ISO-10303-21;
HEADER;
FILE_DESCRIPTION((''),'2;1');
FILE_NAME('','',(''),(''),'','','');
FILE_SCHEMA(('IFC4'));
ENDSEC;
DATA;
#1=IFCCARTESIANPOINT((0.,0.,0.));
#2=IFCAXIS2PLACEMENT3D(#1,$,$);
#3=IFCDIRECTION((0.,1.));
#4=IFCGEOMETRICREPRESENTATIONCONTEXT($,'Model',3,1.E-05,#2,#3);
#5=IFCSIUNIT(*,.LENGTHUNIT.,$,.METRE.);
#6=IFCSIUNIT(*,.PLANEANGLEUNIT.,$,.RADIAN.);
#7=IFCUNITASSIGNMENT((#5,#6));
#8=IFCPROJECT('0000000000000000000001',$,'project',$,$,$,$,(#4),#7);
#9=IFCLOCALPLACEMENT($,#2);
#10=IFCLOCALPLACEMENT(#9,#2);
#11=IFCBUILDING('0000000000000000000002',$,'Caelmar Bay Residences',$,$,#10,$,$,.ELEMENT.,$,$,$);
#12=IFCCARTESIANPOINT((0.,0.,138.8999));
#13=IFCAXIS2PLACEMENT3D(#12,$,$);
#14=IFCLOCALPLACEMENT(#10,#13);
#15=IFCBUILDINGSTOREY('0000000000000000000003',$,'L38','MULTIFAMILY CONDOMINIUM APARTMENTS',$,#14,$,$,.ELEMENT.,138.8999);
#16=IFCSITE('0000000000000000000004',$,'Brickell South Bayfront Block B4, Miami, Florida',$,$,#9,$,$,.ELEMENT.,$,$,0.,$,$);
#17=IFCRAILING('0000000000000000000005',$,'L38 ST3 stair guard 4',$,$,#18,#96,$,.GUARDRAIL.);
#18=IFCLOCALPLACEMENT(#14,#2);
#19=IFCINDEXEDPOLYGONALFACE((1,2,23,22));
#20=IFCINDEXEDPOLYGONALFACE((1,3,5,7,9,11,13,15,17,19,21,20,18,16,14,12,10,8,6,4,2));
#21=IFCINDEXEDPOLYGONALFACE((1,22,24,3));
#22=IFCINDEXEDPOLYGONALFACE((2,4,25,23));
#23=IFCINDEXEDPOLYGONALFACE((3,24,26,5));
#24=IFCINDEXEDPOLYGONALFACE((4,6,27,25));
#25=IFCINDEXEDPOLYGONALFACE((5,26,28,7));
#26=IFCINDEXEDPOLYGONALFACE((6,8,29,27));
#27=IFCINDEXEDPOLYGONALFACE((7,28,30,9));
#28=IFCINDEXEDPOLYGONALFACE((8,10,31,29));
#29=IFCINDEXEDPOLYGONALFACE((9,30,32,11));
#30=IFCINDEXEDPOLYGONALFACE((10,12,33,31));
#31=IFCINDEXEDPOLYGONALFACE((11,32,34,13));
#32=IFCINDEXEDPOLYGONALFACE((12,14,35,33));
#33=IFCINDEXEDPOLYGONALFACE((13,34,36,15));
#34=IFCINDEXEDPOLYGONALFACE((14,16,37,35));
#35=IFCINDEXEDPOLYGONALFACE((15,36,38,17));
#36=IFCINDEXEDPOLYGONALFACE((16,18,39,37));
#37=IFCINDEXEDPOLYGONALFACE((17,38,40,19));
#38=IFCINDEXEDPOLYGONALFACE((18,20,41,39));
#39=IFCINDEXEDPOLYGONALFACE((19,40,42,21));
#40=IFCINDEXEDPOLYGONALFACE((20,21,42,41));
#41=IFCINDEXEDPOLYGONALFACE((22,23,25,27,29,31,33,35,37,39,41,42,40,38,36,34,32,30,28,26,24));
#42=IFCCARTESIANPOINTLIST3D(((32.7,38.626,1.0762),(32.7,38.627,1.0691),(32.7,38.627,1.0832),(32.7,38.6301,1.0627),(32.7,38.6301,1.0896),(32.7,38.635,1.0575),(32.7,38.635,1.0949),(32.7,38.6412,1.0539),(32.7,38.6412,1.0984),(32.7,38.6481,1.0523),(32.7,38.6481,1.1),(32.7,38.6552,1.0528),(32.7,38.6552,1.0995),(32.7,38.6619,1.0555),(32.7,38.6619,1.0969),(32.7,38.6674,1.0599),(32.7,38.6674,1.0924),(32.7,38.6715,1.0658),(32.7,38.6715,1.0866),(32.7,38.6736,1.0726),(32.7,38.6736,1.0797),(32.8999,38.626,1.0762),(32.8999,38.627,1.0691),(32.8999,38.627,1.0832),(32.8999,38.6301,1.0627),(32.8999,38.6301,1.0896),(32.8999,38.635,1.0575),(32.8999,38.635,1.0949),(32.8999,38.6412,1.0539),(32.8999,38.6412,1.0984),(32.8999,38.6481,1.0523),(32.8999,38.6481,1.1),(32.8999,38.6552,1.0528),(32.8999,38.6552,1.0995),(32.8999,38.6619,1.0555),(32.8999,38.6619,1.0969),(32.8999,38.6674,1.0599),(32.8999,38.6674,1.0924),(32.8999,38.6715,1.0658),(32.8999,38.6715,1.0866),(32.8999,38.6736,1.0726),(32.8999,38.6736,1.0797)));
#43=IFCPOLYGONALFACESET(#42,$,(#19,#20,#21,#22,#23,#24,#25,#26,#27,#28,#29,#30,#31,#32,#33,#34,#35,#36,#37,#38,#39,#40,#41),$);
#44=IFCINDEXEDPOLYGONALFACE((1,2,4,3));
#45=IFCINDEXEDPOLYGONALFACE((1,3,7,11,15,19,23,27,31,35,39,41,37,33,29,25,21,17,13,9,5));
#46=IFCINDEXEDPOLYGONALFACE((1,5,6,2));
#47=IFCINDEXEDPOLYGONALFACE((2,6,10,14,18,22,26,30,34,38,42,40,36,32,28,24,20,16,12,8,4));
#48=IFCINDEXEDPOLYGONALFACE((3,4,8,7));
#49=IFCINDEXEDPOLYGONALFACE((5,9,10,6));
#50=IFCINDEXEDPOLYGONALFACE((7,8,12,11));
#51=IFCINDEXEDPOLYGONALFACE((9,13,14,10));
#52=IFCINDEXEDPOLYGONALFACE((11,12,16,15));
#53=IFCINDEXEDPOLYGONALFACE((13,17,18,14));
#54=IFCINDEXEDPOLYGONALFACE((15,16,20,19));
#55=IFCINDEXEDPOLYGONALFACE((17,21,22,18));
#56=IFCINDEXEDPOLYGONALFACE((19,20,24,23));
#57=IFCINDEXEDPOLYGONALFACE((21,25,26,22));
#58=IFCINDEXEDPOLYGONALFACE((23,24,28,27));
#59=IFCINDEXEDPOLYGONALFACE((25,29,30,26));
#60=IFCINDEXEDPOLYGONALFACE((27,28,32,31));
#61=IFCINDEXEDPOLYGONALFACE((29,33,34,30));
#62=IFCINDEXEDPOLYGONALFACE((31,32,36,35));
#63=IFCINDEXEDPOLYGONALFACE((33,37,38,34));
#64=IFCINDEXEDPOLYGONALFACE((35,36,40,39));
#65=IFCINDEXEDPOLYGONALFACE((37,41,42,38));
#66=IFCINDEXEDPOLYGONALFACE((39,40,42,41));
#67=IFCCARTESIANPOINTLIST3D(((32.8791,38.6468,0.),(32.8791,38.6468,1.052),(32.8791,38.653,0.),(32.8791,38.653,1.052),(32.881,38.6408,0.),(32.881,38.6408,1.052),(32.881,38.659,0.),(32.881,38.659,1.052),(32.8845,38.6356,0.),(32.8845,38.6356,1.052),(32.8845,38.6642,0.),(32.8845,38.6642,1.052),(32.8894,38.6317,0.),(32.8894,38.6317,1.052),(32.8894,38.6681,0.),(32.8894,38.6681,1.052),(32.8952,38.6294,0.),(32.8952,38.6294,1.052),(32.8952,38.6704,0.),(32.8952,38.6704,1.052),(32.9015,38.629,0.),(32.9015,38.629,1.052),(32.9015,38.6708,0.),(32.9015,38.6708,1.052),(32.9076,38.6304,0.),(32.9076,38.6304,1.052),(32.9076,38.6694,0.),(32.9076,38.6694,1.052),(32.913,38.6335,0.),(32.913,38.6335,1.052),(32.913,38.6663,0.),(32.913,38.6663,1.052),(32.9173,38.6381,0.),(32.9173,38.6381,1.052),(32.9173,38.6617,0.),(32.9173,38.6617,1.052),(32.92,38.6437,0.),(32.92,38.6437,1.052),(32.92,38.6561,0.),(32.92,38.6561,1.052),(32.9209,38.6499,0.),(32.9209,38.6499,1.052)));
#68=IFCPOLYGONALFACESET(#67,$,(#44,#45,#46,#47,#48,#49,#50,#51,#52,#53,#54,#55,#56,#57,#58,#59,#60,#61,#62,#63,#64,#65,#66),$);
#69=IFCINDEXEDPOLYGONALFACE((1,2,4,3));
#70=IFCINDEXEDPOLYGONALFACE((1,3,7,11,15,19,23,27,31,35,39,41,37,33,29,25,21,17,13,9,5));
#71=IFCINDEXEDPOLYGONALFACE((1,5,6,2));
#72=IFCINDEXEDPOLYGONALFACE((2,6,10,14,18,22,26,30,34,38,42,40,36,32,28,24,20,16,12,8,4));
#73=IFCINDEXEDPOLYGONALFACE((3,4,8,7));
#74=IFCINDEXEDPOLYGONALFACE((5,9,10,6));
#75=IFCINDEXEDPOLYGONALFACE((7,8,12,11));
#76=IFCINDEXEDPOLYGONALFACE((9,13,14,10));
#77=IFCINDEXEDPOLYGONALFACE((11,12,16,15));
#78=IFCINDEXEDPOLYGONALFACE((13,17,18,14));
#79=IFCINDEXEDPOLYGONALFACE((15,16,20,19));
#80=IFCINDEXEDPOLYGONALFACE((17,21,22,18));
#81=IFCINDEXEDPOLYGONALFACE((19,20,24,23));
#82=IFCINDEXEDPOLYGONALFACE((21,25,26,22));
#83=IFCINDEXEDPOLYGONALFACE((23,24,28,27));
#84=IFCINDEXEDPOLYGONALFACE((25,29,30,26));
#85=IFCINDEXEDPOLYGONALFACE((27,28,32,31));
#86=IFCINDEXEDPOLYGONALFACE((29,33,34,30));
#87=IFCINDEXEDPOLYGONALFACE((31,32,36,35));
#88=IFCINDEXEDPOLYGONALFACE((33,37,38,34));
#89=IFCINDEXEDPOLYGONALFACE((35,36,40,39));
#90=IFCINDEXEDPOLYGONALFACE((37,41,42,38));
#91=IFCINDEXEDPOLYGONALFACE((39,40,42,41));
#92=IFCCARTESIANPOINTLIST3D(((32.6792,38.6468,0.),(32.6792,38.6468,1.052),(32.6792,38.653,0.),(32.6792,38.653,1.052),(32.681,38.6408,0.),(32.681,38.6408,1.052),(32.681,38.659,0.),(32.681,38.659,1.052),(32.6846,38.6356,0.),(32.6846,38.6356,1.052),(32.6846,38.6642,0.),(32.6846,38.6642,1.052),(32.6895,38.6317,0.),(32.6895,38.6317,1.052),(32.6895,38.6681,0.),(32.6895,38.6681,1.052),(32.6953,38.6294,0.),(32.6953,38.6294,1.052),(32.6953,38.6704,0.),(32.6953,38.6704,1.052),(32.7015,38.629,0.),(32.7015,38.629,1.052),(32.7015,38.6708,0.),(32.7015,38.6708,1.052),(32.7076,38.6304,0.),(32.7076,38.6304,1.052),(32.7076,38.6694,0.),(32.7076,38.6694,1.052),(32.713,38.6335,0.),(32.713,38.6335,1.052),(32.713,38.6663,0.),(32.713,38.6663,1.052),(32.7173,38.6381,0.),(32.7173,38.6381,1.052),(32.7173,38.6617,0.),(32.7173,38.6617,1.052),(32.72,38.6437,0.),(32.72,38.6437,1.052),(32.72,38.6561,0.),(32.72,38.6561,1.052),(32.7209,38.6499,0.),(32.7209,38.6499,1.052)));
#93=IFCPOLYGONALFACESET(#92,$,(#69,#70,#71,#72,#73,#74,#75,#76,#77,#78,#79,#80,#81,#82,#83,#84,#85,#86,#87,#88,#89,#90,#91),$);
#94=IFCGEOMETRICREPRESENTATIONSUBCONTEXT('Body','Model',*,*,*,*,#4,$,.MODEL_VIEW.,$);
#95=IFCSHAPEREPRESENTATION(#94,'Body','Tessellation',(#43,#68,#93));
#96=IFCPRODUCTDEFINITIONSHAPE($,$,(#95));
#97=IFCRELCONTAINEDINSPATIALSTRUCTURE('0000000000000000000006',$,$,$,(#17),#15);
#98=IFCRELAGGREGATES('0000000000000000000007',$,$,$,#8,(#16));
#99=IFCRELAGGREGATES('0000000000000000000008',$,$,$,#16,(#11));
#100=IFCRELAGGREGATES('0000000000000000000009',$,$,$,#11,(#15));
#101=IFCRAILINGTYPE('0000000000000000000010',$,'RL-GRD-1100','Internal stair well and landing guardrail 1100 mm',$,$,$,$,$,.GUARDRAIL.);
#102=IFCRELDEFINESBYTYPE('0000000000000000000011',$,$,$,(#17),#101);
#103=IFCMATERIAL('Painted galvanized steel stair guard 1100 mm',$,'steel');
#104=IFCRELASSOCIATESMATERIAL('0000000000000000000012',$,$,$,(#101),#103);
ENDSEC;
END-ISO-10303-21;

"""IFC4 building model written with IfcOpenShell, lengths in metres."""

from ifc_helpers import new_model, si_unit, direction, frame, origin, origin_2d, place, context, subcontext, project, spatial, circle, extrude, material, type_object, element, save


model = new_model("IFC4")

# Units and contexts
model_context = context("Model", 3, precision=1e-05, world=origin(), true_north=direction((0.0, 1.0)))
body_context = subcontext(model_context, "Body", "Model", "MODEL_VIEW")
ifc_project = project(units=[si_unit("LENGTHUNIT", "METRE"), si_unit("PLANEANGLEUNIT", "RADIAN")], contexts=[model_context])

# Site, building, storey
site_placement = place(None, origin())
site = spatial("IfcSite", under=ifc_project, at=site_placement, Name="Brickell South Bayfront Block B4, Miami, Florida", CompositionType="ELEMENT", RefElevation=0.0)
building_placement = place(site_placement, origin())
building = spatial("IfcBuilding", under=site, at=building_placement, Name="Caelmar Bay Residences", CompositionType="ELEMENT")
storey_placement = place(building_placement, frame((0.0, 0.0, 138.8999)))
storey = spatial("IfcBuildingStorey", under=building, at=storey_placement, Name="L38", Description="MULTIFAMILY CONDOMINIUM APARTMENTS", CompositionType="ELEMENT", Elevation=138.8999)

# Railing
ifc_material_1 = material(Name="Painted galvanized steel stair guard 1100 mm", Category="steel")
railing_type_1 = type_object("IfcRailingType", Name="RL-GRD-1100", Description="Internal stair well and landing guardrail 1100 mm", PredefinedType="GUARDRAIL", material=ifc_material_1)
railing_1_placement = place(storey_placement, frame((32.8999, 38.6499, 0.0)))
element("IfcRailing", 1, at=railing_1_placement, inside=storey, type_object=railing_type_1, Name="L38 ST3 stair guard 4", PredefinedType="GUARDRAIL", context=body_context, shape_type="SweptSolid", body=[
    extrude(circle(Radius=0.0239, at=origin_2d()), frame((0.0, 0.0, 1.0762), z_axis=(-1.0, 0.0, 0.0), x_axis=(0.0, -1.0, 0.0)), (0.0, 0.0, 1.0), 0.2),
    extrude(circle(Radius=0.021, at=origin_2d()), origin(), (0.0, 0.0, 1.0), 1.052),
    extrude(circle(Radius=0.021, at=origin_2d()), frame((-0.2, 0.0, 0.0)), (0.0, 0.0, 1.0), 1.052),
])

save(model, "model.ifc")
